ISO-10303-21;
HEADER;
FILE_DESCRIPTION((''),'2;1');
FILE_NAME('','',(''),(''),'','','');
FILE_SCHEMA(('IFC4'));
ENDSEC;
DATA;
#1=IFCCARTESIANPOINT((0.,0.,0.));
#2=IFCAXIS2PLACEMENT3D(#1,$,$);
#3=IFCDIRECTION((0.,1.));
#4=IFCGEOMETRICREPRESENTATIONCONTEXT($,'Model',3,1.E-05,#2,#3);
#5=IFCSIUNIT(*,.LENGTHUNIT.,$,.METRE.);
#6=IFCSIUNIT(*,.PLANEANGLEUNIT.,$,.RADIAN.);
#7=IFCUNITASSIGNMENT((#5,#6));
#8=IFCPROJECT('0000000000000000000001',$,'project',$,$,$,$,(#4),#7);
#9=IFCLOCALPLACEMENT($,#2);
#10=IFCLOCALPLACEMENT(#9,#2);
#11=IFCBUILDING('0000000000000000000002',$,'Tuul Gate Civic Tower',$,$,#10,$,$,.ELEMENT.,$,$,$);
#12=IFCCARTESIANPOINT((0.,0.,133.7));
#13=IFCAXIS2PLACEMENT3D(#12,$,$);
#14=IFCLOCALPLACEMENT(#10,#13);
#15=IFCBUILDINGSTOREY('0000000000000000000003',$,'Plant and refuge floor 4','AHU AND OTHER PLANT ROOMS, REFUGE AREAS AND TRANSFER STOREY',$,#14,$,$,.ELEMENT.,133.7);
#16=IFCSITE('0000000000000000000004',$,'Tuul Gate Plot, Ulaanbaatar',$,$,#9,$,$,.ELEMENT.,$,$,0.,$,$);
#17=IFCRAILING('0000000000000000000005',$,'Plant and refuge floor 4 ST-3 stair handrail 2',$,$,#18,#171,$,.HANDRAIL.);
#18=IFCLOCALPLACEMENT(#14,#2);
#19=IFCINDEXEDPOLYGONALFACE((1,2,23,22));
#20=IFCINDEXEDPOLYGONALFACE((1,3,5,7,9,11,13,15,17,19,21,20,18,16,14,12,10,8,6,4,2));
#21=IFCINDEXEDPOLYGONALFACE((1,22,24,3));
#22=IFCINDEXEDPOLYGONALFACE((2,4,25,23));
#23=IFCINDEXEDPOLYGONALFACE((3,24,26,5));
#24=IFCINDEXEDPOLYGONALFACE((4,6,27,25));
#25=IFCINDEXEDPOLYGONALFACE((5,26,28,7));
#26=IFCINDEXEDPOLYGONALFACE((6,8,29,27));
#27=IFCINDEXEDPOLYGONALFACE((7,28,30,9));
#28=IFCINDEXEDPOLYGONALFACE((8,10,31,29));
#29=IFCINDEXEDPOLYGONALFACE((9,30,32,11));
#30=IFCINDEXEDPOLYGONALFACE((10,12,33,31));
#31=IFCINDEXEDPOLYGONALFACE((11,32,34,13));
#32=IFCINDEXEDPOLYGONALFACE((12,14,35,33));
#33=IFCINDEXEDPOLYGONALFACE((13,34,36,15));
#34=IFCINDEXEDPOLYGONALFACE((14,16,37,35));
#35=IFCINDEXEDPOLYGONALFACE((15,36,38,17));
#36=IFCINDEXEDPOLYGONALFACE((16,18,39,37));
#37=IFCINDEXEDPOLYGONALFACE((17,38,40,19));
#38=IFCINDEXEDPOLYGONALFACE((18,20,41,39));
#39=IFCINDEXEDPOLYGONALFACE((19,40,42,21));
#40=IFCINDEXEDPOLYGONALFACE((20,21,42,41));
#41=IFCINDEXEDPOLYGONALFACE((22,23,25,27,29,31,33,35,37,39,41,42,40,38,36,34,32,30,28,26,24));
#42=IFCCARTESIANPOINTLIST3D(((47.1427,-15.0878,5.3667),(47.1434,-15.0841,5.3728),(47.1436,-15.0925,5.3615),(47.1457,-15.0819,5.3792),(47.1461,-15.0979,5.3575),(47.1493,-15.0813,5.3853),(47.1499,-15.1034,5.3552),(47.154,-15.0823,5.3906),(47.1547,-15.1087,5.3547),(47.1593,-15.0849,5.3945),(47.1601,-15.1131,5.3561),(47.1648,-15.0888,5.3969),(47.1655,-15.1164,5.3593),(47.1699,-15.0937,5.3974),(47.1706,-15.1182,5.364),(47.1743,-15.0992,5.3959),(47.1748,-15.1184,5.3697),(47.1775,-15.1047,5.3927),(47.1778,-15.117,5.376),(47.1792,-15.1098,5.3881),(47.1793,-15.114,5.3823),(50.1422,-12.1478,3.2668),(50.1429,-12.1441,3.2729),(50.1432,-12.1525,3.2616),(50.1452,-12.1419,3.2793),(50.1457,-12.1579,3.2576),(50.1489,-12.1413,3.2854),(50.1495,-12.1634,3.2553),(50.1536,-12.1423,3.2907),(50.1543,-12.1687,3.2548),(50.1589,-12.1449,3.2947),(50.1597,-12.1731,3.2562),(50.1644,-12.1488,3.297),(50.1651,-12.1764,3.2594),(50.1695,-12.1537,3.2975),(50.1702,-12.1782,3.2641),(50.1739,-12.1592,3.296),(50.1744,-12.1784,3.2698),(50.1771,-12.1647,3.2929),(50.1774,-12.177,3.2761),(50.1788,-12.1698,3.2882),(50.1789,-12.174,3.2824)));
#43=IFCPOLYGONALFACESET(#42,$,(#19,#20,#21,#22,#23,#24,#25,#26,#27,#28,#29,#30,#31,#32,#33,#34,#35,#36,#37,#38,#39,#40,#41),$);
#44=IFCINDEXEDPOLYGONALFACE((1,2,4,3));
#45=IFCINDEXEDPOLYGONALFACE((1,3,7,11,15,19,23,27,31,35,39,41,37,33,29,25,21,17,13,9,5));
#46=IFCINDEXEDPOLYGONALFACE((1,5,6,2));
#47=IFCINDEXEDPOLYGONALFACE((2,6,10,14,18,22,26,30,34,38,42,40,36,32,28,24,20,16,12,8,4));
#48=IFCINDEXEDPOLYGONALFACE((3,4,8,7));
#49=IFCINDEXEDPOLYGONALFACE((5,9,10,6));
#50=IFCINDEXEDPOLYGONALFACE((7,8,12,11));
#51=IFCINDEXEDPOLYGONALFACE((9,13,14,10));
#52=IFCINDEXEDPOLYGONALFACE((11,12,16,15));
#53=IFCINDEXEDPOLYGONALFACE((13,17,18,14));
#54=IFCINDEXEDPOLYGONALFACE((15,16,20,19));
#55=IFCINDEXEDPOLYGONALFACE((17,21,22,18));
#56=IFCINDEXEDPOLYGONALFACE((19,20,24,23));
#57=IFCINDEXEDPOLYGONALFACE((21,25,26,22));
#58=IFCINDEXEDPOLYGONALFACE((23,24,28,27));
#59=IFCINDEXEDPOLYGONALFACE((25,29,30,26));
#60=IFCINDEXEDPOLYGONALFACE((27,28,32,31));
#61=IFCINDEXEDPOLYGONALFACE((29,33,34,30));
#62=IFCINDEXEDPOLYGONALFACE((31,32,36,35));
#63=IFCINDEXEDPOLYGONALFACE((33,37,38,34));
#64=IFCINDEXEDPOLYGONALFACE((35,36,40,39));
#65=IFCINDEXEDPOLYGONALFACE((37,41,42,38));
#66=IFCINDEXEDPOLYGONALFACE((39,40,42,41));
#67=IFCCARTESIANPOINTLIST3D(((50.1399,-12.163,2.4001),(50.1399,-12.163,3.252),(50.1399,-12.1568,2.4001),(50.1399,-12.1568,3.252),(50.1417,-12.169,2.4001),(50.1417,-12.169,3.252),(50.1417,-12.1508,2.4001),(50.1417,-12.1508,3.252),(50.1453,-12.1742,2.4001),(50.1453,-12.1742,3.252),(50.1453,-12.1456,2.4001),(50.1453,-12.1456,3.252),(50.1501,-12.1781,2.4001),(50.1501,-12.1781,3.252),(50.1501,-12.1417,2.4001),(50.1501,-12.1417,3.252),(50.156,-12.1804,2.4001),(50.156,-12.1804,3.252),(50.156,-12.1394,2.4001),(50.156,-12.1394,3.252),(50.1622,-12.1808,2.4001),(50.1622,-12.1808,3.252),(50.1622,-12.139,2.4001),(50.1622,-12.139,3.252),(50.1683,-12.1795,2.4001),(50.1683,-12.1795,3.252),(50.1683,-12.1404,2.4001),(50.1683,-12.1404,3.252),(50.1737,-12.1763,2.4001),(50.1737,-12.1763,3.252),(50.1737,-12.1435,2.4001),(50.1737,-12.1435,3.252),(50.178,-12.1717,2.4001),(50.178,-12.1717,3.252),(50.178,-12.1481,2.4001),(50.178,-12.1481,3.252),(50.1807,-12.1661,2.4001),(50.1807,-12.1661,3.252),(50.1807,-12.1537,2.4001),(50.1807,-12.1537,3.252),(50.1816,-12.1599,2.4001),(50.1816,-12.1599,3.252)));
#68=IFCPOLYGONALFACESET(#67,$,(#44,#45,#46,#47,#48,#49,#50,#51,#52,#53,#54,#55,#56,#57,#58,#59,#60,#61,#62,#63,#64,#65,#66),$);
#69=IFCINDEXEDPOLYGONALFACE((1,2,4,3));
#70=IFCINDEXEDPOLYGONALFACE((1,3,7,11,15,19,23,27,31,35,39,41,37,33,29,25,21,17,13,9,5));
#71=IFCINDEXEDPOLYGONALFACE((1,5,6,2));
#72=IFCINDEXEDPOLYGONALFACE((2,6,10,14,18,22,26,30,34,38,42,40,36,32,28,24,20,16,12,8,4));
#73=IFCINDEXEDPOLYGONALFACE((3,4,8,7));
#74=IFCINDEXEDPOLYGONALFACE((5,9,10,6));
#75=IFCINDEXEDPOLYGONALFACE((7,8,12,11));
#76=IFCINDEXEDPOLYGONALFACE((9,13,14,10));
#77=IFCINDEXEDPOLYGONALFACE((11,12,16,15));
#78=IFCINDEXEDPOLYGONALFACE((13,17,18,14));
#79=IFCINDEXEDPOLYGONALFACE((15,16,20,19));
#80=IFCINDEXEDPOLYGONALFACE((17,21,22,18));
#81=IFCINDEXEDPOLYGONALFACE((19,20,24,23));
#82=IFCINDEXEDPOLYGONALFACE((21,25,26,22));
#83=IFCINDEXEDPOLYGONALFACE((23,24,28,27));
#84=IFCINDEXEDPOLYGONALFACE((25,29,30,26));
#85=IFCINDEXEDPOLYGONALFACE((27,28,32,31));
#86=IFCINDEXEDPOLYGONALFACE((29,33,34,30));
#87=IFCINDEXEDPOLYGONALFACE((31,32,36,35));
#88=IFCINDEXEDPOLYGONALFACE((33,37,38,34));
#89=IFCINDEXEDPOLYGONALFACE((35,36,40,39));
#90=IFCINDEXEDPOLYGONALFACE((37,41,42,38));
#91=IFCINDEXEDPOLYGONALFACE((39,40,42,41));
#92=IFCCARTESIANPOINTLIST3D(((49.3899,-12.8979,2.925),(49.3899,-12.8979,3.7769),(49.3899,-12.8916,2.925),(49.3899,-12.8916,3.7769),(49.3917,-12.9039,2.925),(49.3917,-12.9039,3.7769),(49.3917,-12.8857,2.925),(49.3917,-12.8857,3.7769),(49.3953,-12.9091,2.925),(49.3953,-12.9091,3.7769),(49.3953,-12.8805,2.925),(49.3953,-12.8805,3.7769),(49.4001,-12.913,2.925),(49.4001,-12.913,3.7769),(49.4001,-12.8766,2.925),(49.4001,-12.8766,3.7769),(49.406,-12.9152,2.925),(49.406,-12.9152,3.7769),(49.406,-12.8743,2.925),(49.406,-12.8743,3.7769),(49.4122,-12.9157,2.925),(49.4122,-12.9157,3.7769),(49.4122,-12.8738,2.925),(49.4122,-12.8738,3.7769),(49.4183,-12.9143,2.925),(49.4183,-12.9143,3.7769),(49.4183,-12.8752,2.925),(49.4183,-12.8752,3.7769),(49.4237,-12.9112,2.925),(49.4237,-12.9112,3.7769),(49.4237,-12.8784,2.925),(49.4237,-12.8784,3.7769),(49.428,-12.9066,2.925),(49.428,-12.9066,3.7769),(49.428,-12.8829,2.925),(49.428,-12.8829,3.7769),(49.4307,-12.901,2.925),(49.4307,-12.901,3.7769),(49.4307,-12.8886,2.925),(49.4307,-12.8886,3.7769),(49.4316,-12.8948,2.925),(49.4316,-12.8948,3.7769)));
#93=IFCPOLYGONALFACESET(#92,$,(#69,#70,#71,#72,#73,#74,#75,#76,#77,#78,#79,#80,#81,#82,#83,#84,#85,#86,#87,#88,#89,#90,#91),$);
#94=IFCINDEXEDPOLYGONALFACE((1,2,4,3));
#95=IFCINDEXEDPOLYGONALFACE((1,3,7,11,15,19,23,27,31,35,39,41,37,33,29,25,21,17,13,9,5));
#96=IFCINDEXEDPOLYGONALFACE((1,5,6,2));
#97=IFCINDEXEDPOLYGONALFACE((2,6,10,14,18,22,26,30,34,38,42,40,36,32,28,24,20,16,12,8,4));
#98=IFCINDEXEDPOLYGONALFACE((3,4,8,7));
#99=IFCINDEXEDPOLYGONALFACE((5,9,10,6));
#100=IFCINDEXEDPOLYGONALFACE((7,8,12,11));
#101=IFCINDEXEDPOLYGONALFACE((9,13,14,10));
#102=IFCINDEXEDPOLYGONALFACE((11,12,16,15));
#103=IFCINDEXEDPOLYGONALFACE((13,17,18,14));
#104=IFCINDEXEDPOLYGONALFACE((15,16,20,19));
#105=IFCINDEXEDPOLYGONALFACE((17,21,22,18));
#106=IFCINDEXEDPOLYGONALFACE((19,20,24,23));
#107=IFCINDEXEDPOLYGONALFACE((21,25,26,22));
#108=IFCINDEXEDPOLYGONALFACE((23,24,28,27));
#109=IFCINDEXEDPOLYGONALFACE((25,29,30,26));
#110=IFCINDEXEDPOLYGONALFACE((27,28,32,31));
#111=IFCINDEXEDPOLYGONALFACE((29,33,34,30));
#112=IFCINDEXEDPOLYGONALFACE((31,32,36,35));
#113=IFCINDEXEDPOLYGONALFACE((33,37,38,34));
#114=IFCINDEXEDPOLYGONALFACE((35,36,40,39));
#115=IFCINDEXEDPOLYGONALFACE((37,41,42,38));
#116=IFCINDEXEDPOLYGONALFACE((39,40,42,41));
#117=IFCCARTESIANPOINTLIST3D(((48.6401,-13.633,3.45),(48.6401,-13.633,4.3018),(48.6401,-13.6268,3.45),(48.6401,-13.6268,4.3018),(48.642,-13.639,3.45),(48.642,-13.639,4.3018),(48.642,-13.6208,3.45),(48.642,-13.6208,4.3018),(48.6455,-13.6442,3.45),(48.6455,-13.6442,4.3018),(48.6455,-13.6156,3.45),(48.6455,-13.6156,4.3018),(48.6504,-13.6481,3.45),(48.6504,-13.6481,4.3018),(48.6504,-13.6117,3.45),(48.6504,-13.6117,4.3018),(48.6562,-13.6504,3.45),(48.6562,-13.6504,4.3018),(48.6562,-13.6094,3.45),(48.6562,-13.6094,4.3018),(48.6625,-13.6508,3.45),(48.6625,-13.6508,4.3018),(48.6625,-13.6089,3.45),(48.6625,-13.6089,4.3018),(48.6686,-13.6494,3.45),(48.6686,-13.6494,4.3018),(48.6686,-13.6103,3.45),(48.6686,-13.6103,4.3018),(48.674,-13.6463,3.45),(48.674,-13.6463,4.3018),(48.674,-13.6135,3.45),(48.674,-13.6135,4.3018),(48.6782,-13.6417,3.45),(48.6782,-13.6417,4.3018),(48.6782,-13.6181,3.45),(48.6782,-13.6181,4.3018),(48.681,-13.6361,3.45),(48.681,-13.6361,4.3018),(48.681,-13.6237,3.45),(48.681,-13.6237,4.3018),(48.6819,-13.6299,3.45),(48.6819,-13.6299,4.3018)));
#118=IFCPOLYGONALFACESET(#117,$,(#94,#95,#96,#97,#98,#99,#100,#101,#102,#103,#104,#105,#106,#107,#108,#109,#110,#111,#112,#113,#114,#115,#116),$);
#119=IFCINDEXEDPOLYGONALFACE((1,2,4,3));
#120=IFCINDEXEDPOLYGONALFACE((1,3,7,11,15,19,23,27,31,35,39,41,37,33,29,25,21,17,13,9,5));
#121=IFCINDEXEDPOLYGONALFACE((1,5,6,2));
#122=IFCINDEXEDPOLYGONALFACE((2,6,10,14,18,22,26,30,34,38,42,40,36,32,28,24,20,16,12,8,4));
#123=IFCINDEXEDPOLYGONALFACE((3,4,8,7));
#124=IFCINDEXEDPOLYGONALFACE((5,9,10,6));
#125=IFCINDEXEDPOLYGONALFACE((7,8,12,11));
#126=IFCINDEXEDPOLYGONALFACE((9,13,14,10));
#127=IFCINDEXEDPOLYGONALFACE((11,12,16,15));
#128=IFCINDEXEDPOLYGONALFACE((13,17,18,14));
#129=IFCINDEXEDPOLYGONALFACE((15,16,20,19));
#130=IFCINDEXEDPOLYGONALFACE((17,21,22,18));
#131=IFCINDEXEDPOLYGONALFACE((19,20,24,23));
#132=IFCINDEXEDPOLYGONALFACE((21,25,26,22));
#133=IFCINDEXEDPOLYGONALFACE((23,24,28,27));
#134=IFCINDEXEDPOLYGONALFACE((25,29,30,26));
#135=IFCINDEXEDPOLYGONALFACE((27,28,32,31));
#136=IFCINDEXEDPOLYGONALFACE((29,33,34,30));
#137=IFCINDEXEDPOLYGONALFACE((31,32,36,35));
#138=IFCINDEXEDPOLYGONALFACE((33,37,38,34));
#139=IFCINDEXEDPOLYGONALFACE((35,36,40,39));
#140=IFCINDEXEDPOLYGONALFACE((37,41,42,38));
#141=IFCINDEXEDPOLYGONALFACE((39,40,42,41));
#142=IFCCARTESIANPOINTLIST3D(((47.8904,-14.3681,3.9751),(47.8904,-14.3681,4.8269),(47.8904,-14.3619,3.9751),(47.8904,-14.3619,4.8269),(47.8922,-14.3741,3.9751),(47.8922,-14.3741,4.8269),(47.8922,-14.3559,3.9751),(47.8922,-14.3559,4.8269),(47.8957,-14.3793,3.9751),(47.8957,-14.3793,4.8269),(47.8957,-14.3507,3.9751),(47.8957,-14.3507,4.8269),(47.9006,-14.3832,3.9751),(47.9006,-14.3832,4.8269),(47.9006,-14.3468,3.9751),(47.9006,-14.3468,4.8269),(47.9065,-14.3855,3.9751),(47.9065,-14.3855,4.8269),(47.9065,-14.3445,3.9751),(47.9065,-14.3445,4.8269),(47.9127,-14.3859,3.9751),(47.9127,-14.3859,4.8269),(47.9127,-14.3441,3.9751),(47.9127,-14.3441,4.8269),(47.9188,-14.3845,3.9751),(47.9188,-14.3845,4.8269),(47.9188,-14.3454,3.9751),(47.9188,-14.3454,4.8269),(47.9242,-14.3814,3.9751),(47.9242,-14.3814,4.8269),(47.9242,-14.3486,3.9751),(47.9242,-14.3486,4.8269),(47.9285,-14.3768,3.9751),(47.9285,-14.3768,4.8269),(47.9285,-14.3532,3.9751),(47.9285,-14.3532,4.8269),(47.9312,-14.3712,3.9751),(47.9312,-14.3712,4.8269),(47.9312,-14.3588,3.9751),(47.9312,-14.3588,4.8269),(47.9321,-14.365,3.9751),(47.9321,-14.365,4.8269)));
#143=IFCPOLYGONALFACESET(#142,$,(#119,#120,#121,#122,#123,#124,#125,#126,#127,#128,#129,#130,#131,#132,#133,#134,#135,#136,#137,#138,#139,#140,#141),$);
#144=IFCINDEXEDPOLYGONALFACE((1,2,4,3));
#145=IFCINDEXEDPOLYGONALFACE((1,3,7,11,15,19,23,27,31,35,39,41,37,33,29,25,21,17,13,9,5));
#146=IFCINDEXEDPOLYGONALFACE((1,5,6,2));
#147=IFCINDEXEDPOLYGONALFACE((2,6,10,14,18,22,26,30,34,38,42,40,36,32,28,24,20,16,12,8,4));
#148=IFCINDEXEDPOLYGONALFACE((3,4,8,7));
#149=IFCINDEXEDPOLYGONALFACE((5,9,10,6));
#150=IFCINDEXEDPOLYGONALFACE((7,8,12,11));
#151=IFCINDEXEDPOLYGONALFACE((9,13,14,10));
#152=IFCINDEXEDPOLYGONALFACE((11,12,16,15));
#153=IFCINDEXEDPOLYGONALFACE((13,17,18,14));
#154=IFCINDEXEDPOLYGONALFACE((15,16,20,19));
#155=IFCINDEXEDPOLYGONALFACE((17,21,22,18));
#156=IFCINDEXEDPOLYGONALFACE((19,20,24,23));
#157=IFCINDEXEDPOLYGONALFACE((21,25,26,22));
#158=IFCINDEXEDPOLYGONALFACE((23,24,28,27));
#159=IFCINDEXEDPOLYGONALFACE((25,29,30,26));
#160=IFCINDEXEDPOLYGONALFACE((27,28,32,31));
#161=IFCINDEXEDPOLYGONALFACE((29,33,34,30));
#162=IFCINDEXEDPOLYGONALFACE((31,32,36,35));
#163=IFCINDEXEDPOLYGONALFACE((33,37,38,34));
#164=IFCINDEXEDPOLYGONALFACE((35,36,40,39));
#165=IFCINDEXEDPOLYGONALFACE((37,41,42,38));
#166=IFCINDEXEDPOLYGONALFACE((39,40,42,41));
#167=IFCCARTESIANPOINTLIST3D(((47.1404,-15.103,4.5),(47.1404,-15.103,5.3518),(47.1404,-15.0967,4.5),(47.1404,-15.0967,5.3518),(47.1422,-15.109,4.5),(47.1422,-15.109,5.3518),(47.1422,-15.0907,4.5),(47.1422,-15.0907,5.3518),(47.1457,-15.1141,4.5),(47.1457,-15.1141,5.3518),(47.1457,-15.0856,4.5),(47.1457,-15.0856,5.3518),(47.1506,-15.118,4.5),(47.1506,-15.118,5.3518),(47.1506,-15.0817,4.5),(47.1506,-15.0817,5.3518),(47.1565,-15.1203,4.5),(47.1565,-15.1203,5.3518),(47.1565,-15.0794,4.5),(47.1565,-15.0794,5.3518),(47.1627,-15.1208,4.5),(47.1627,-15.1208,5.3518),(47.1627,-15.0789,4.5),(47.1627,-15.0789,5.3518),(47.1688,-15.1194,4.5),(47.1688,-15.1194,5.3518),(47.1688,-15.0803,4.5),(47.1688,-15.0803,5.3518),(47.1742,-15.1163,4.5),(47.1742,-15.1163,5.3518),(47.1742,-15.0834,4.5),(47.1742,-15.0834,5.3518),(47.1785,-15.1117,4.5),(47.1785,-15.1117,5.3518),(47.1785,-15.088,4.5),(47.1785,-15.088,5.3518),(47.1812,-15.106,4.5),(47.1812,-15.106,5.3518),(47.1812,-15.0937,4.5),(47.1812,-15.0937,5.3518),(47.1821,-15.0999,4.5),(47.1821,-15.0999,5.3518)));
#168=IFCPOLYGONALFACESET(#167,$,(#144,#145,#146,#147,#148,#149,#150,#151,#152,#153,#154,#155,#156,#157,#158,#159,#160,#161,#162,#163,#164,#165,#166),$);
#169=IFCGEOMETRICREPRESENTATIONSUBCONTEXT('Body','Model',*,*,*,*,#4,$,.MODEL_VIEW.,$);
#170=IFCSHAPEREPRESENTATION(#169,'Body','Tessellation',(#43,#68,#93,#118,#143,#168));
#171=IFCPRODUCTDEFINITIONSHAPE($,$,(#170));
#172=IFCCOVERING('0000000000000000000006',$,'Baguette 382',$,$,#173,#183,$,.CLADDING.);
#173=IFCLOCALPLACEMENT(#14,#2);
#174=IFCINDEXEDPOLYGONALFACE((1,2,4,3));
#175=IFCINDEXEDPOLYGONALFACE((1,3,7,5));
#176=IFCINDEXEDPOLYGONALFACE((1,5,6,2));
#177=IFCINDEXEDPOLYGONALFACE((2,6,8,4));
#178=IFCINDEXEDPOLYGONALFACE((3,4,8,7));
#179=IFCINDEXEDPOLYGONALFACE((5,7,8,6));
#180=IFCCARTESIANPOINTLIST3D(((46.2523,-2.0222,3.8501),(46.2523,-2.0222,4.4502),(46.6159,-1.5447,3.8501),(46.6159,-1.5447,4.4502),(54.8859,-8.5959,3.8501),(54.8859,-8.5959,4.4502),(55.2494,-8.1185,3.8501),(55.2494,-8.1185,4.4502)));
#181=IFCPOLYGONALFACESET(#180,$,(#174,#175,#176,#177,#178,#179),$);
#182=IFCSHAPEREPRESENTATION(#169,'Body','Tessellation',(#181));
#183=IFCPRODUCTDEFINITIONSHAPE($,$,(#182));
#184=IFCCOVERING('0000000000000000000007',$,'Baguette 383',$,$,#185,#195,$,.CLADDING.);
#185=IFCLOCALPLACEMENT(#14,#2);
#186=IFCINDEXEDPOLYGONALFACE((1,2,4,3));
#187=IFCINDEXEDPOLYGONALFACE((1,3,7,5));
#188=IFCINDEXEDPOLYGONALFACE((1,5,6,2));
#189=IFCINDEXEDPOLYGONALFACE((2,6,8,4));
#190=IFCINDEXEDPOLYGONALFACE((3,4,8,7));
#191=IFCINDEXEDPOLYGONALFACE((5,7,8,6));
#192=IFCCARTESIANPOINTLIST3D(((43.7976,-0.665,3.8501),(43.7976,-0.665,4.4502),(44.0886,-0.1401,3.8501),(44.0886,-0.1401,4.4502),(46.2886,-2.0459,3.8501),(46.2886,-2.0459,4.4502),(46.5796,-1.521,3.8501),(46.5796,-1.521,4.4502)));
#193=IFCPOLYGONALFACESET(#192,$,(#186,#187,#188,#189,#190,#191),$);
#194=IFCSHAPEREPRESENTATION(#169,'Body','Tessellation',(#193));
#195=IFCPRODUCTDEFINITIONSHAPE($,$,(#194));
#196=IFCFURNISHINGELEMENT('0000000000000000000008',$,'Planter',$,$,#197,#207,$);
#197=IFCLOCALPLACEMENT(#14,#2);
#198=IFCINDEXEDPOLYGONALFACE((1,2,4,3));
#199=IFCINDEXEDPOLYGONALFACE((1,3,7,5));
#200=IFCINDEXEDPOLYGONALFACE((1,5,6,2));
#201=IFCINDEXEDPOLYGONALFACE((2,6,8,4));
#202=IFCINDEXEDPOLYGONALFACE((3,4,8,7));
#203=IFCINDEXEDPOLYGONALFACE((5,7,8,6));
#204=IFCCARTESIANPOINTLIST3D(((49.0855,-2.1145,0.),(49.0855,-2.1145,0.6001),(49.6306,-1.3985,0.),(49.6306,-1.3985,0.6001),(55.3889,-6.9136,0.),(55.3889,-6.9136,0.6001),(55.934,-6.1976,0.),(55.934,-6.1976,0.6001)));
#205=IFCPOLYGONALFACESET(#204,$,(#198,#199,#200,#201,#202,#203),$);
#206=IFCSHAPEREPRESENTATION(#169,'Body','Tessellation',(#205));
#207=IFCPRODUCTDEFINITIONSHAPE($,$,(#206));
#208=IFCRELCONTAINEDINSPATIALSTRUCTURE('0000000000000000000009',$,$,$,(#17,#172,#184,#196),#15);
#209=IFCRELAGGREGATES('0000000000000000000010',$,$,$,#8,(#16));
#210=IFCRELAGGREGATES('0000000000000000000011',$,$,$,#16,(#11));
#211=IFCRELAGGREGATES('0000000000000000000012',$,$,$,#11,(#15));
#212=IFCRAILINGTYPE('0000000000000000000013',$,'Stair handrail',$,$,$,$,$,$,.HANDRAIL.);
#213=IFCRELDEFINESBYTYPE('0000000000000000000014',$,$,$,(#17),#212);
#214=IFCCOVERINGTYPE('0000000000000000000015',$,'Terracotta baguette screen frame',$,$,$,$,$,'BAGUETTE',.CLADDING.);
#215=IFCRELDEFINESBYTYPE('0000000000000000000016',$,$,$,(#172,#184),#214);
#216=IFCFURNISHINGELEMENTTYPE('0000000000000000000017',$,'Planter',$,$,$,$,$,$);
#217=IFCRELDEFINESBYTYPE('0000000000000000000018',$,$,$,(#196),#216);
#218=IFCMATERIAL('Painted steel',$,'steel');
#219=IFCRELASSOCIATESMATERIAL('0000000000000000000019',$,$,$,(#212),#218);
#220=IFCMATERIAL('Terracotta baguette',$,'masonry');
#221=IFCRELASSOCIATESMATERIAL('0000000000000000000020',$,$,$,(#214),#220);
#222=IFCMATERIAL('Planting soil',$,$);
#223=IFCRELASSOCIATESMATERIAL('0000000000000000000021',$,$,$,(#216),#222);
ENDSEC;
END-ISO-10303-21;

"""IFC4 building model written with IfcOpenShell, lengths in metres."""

from ifc_helpers import new_model, si_unit, direction, frame, origin, origin_2d, place, context, subcontext, project, spatial, rectangle, circle, extrude, material, material_profile, profile_set, type_object, element, save


model = new_model("IFC4")

# Units and contexts
model_context = context("Model", 3, precision=1e-05, world=origin(), true_north=direction((0.0, 1.0)))
body_context = subcontext(model_context, "Body", "Model", "MODEL_VIEW")
ifc_project = project(units=[si_unit("LENGTHUNIT", "METRE"), si_unit("PLANEANGLEUNIT", "RADIAN")], contexts=[model_context])

# Site, building, storey
site_placement = place(None, origin())
site = spatial("IfcSite", under=ifc_project, at=site_placement, Name="Tuul Gate Plot, Ulaanbaatar", CompositionType="ELEMENT", RefElevation=0.0)
building_placement = place(site_placement, origin())
building = spatial("IfcBuilding", under=site, at=building_placement, Name="Tuul Gate Civic Tower", CompositionType="ELEMENT")
storey_placement = place(building_placement, frame((0.0, 0.0, 133.7)))
storey = spatial("IfcBuildingStorey", under=building, at=storey_placement, Name="Plant and refuge floor 4", Description="AHU AND OTHER PLANT ROOMS, REFUGE AREAS AND TRANSFER STOREY", CompositionType="ELEMENT", Elevation=133.7)

# Railing
ifc_material_1 = material(Name="Painted steel", Category="steel")
railing_type_1 = type_object("IfcRailingType", Name="Stair handrail", PredefinedType="HANDRAIL", material=ifc_material_1)
railing_1_placement = place(storey_placement, frame((50.1606, -12.1599, 2.4001)))
element("IfcRailing", 1, at=railing_1_placement, inside=storey, type_object=railing_type_1, Name="Plant and refuge floor 4 ST-3 stair handrail 2", PredefinedType="HANDRAIL", context=body_context, shape_type="SweptSolid", body=[
    extrude(circle(Radius=0.0239, at=origin_2d()), frame((0.0, 0.0, 0.876), z_axis=(-0.638777, -0.626091, 0.447185), x_axis=(0.69998, -0.714163, 0.0)), (0.0, 0.0, 1.0), 4.6958),
    extrude(circle(Radius=0.021, at=origin_2d()), origin(), (0.0, 0.0, 1.0), 0.8518),
    extrude(circle(Radius=0.021, at=origin_2d()), frame((-0.75, -0.7349, 0.5249)), (0.0, 0.0, 1.0), 0.8518),
    extrude(circle(Radius=0.021, at=origin_2d()), frame((-1.4998, -1.47, 1.0498)), (0.0, 0.0, 1.0), 0.8518),
    extrude(circle(Radius=0.021, at=origin_2d()), frame((-2.2495, -2.2051, 1.575)), (0.0, 0.0, 1.0), 0.8518),
    extrude(circle(Radius=0.021, at=origin_2d()), frame((-2.9995, -2.9399, 2.0999)), (0.0, 0.0, 1.0), 0.8518),
])

# Coverings
ifc_material_2 = material(Name="Terracotta baguette", Category="masonry")
ifc_material_profile_1 = material_profile(ifc_material_2, rectangle(XDim=0.6001, YDim=0.6001, at=origin_2d()), Name="Terracotta baguette screen frame")
ifc_profile_set_1 = profile_set([ifc_material_profile_1], Name="Terracotta baguette")
covering_type = type_object("IfcCoveringType", Name="Terracotta baguette screen frame", ElementType="BAGUETTE", PredefinedType="CLADDING", material=ifc_profile_set_1)
covering_1_placement = place(storey_placement, frame((55.0676, -8.3572, 4.1501), z_axis=(-0.795619, 0.605798, 0.0), x_axis=(-0.605798, -0.795619, 0.0)))
element("IfcCovering", 2, at=covering_1_placement, inside=storey, type_object=covering_type, Name="Baguette 382", PredefinedType="CLADDING", context=body_context, shape_type="SweptSolid", body=[
    extrude(rectangle(XDim=0.6001, YDim=0.6001, at=origin_2d()), origin(), (0.0, 0.0, 1.0), 10.8513),
])
covering_2_placement = place(storey_placement, frame((46.4341, -1.7834, 4.1501), z_axis=(-0.874606, 0.484835, 0.0), x_axis=(-0.484835, -0.874606, 0.0)))
element("IfcCovering", 3, at=covering_2_placement, inside=storey, type_object=covering_type, Name="Baguette 383", PredefinedType="CLADDING", context=body_context, shape_type="SweptSolid", body=[
    extrude(rectangle(XDim=0.6001, YDim=0.6001, at=origin_2d()), origin(), (0.0, 0.0, 1.0), 2.8481),
])

# Furnishing element
ifc_material_3 = material(Name="Planting soil")
furnishing_element_type = type_object("IfcFurnishingElementType", Name="Planter", material=ifc_material_3)
furnishing_placement = place(storey_placement, frame((52.5098, -4.156, 0.0), z_axis=(0.0, 0.0, 1.0), x_axis=(-0.795643, 0.605766, 0.0)))
element("IfcFurnishingElement", 4, at=furnishing_placement, inside=storey, type_object=furnishing_element_type, Name="Planter", context=body_context, shape_type="SweptSolid", body=[
    extrude(rectangle(XDim=7.9224, YDim=0.8999, at=origin_2d()), origin(), (0.0, 0.0, 1.0), 0.6001),
])

save(model, "model.ifc")
